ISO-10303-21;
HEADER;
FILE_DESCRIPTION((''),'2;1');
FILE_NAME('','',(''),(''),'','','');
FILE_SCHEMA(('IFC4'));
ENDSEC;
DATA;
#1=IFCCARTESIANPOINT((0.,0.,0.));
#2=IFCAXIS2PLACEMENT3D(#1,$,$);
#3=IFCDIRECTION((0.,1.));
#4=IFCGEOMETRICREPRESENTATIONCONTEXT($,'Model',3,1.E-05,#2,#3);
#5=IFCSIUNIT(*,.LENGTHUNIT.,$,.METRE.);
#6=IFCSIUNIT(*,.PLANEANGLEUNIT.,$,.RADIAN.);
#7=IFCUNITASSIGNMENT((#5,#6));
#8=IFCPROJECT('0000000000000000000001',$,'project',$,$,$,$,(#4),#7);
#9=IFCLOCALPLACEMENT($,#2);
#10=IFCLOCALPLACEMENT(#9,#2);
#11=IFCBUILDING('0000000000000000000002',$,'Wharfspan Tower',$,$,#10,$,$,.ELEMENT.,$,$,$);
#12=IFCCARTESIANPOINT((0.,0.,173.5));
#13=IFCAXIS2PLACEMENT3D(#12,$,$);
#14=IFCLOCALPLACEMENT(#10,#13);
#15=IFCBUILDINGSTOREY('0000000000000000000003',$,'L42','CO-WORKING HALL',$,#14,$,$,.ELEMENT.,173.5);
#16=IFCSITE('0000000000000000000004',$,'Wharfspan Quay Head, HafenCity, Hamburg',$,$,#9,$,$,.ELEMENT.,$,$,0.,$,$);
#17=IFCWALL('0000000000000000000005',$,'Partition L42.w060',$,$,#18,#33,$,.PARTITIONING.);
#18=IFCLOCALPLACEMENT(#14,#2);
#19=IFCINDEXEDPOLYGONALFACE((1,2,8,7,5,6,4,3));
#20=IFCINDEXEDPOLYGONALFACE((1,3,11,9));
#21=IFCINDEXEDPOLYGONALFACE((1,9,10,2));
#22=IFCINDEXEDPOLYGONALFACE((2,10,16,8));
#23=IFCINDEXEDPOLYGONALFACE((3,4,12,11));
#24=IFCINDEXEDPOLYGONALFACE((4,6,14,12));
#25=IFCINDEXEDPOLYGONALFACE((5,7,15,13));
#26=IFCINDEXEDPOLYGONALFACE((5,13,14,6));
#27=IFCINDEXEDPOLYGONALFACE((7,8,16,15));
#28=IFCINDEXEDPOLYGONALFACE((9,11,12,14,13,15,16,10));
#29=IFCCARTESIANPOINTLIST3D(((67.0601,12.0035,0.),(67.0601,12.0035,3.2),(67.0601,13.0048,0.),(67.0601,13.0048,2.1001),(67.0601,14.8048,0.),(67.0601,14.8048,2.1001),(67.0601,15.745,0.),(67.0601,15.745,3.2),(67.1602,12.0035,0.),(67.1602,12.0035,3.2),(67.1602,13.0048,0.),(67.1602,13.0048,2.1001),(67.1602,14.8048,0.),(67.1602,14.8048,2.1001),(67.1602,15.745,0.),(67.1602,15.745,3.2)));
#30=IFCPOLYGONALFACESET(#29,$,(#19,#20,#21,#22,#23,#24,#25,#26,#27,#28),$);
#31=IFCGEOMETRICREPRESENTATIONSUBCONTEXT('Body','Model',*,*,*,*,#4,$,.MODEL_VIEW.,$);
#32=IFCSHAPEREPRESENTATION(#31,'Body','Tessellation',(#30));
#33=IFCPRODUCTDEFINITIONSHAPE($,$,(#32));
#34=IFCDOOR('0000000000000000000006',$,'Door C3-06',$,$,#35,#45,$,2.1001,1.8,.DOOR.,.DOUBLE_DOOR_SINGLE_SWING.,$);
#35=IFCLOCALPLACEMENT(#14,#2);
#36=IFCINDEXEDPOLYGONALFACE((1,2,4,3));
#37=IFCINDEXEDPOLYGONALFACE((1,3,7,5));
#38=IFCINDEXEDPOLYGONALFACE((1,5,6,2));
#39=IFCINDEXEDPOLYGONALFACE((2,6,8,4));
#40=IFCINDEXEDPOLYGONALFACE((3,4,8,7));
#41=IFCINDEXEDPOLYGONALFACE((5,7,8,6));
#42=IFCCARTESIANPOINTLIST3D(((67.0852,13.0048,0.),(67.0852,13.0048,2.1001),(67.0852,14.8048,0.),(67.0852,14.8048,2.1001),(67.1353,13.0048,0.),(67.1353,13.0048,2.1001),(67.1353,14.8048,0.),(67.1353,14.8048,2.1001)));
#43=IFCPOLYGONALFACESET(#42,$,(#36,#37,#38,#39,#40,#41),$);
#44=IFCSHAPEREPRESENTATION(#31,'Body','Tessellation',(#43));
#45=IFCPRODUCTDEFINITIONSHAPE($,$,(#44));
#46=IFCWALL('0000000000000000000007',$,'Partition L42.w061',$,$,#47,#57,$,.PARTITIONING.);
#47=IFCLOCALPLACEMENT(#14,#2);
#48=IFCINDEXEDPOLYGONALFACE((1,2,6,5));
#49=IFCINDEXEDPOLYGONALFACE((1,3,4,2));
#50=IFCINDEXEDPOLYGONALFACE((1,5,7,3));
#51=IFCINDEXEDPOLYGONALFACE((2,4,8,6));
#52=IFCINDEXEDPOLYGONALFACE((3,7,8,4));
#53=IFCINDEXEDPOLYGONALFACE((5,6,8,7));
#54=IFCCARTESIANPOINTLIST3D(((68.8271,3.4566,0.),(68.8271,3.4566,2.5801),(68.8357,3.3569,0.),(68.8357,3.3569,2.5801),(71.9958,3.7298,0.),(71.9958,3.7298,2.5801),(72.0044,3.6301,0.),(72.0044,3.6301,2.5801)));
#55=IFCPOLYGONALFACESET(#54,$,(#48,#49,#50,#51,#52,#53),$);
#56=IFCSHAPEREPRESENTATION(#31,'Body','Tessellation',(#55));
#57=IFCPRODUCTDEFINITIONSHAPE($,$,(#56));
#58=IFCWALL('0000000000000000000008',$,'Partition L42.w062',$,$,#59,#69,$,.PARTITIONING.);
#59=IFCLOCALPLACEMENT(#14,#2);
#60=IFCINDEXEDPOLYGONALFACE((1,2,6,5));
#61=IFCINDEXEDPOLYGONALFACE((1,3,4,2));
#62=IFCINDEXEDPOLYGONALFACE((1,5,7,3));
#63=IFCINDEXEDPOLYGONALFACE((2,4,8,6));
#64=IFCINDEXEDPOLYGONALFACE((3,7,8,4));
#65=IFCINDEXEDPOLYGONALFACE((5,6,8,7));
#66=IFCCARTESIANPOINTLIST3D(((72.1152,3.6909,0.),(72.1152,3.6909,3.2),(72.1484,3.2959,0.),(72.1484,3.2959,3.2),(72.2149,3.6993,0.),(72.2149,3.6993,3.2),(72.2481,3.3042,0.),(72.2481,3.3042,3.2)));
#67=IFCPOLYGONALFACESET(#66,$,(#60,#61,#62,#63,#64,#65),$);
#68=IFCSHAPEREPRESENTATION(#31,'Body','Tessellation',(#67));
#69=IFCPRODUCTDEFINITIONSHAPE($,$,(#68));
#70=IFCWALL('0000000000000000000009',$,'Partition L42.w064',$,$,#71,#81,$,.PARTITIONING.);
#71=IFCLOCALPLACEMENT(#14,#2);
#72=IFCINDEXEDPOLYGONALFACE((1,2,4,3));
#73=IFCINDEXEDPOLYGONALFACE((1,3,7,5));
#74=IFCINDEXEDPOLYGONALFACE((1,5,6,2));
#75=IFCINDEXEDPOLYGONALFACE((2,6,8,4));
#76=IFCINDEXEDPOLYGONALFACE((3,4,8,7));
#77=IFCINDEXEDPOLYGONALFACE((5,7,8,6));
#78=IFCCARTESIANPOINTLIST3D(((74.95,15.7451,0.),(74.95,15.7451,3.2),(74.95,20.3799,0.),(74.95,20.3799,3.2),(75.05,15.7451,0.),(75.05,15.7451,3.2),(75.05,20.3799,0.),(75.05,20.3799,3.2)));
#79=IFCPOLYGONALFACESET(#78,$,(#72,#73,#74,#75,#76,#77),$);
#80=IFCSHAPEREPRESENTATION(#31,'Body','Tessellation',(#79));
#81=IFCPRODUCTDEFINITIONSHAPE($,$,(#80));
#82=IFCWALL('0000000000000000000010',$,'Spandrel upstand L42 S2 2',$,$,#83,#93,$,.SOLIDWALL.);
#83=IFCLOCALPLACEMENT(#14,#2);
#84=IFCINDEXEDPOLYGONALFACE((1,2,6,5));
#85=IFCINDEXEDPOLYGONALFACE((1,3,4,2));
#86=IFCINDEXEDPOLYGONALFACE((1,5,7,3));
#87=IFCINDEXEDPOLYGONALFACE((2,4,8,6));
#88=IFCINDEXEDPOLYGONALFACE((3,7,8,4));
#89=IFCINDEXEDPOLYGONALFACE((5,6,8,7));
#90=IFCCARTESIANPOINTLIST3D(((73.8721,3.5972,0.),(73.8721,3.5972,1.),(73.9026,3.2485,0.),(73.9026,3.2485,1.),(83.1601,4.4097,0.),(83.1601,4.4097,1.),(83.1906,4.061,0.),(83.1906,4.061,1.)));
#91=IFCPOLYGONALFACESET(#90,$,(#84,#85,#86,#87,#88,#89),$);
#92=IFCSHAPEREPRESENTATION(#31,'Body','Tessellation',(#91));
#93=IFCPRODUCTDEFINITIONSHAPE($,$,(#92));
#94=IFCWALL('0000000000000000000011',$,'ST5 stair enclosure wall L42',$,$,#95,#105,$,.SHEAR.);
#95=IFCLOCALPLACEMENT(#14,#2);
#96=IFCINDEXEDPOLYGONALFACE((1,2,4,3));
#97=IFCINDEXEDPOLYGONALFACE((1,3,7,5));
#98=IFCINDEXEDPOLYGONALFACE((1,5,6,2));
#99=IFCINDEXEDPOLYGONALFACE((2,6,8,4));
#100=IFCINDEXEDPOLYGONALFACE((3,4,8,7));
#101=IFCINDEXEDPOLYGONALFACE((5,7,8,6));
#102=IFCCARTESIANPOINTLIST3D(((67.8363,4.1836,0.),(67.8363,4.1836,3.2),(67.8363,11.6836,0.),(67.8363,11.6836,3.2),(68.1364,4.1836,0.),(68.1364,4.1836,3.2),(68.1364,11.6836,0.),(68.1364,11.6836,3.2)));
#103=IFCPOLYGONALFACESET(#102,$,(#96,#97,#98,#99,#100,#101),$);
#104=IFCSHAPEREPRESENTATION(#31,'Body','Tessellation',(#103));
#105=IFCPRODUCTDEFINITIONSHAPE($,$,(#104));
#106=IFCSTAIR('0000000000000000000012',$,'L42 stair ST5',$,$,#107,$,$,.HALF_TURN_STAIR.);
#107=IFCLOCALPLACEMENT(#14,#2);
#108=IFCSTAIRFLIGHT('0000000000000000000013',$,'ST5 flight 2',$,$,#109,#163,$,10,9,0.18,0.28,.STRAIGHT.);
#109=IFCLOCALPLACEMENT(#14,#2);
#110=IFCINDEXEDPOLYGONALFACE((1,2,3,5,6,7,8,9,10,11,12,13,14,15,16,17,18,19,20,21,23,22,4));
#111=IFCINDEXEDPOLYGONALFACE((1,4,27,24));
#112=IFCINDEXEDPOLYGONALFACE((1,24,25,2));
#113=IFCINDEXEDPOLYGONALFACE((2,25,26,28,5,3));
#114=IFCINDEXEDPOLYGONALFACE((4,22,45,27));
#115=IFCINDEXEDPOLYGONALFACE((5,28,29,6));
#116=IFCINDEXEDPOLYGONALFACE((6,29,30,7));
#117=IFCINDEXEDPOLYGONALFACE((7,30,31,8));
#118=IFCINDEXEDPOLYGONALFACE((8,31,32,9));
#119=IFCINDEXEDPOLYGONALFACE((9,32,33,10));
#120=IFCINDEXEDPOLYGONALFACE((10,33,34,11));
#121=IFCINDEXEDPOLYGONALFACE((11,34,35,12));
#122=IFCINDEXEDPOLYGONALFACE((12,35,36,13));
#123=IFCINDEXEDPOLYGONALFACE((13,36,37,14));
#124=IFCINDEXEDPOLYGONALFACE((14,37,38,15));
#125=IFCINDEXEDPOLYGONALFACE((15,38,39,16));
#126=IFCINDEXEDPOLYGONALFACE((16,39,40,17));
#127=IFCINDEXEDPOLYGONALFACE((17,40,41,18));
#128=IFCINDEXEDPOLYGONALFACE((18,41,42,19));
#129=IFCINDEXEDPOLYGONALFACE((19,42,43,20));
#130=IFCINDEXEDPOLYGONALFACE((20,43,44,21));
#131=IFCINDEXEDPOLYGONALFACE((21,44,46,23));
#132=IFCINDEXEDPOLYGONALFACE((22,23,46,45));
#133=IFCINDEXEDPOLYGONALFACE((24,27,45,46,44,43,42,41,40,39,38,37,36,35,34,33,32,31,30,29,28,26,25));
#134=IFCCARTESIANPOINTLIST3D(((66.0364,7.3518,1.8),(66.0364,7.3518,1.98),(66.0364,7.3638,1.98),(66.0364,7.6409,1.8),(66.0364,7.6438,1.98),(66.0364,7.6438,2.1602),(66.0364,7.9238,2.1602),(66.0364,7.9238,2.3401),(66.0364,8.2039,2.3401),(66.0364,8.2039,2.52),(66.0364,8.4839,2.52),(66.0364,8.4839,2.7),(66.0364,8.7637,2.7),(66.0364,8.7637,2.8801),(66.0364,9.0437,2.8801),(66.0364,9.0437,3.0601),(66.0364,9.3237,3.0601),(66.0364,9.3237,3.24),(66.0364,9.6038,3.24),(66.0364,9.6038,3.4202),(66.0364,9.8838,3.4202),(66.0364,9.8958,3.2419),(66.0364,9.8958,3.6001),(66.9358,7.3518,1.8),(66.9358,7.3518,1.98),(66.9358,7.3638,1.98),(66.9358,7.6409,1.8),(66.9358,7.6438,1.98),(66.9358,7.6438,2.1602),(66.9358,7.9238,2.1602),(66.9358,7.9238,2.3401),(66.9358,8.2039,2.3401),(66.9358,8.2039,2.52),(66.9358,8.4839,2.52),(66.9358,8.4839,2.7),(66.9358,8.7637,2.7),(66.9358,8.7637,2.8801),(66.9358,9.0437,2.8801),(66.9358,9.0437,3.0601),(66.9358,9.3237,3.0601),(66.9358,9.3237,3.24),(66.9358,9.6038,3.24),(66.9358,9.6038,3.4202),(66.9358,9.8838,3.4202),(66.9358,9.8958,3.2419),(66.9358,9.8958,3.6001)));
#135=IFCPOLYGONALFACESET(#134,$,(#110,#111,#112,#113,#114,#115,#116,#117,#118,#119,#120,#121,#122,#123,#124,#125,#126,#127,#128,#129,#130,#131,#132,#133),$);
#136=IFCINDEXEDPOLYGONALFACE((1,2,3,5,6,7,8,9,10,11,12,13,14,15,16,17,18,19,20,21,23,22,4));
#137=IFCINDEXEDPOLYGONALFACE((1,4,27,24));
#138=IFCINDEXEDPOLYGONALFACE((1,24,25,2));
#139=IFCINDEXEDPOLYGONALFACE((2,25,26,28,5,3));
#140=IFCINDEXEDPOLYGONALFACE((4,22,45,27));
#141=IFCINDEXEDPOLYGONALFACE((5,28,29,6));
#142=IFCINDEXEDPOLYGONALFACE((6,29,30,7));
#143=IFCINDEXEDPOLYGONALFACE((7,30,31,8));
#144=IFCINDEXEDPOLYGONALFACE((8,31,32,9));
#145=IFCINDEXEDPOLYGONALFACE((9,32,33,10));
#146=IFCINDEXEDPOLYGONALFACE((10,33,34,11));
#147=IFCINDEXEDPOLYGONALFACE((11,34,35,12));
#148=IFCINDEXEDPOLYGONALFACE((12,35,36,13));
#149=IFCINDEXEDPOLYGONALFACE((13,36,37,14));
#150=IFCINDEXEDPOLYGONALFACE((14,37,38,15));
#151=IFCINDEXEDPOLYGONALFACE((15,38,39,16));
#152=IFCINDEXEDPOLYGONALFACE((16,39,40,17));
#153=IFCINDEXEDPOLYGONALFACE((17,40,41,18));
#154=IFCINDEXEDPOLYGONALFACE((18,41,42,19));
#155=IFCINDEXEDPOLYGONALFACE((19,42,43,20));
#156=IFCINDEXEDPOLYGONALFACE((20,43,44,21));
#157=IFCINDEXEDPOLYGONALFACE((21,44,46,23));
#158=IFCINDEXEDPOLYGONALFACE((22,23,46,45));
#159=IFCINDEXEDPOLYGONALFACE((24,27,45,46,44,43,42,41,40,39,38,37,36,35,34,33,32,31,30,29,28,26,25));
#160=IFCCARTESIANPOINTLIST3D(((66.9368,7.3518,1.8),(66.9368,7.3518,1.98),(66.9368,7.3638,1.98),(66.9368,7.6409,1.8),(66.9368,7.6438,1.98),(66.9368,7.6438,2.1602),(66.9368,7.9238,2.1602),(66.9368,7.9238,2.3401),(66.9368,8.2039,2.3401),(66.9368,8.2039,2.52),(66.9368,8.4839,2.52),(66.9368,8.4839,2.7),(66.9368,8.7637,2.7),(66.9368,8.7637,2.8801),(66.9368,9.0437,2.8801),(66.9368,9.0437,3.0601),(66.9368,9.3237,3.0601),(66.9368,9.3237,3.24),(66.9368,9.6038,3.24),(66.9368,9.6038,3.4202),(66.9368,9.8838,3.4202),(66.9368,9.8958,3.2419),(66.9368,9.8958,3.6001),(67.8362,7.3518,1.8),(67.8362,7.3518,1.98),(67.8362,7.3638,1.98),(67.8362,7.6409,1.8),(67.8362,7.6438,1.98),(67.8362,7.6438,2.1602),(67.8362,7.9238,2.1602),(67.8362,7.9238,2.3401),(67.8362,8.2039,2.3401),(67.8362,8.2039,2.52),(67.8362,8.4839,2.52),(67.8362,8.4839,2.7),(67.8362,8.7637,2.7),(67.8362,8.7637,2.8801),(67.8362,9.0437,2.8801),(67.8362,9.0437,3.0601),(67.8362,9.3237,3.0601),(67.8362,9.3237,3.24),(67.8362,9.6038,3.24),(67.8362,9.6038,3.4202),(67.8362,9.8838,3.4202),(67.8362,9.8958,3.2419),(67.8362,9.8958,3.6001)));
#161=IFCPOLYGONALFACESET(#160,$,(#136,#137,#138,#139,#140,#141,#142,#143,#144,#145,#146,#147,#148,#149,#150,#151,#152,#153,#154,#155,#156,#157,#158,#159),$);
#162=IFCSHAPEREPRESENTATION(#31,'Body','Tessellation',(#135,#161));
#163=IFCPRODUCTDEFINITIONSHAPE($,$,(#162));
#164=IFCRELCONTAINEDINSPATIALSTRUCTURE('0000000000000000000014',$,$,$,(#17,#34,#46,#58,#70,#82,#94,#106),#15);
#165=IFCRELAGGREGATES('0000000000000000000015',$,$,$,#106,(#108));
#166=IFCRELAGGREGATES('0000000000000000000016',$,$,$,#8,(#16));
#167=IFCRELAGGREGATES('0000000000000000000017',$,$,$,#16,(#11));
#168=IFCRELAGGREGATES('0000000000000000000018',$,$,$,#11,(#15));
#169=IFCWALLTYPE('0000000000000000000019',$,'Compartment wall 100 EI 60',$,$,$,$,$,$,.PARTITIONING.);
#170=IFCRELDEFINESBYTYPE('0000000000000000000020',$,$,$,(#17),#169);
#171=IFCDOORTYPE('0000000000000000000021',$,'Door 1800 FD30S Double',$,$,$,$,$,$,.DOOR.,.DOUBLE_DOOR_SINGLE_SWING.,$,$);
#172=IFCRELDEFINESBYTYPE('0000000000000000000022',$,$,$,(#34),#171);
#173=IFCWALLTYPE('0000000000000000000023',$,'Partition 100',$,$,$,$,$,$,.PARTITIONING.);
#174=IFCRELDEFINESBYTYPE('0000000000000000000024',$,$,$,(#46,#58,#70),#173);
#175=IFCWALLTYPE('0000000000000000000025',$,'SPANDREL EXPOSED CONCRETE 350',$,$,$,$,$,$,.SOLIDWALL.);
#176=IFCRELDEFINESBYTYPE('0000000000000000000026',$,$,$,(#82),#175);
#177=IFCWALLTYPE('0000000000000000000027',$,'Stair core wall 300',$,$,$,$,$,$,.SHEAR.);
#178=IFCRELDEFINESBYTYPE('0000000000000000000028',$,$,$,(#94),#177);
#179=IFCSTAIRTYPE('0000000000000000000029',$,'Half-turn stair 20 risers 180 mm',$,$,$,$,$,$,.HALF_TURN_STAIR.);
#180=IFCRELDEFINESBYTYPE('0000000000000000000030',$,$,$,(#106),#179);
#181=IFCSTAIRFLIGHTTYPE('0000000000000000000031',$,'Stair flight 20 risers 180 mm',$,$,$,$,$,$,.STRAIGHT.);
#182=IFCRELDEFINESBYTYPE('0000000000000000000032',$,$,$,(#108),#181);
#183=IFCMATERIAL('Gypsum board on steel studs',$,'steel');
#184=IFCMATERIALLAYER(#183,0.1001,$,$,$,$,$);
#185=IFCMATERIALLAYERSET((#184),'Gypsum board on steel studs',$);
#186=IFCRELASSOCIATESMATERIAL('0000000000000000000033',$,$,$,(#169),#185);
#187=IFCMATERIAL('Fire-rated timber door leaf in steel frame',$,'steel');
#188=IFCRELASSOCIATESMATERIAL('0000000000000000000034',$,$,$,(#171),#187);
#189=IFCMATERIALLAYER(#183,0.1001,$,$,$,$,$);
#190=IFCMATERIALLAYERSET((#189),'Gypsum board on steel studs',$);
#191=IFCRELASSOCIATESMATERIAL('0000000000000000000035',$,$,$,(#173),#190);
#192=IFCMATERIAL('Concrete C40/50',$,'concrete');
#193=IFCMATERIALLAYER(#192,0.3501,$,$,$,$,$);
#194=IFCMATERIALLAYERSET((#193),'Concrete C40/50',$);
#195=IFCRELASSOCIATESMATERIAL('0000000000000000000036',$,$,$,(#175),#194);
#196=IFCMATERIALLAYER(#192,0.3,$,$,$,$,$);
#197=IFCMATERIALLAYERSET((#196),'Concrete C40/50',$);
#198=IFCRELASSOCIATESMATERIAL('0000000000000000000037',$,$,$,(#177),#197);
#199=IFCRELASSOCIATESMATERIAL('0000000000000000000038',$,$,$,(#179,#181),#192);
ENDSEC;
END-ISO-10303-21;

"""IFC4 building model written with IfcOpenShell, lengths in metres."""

from ifc_helpers import new_model, si_unit, direction, frame, frame_2d, origin, place, context, subcontext, project, spatial, polyline, rectangle, outline, extrude, material, layer, layer_set, type_object, element, fill, aggregate, save


model = new_model("IFC4")

# Units and contexts
model_context = context("Model", 3, precision=1e-05, world=origin(), true_north=direction((0.0, 1.0)))
body_context = subcontext(model_context, "Body", "Model", "MODEL_VIEW")
ifc_project = project(units=[si_unit("LENGTHUNIT", "METRE"), si_unit("PLANEANGLEUNIT", "RADIAN")], contexts=[model_context])

# Site, building, storey
site_placement = place(None, origin())
site = spatial("IfcSite", under=ifc_project, at=site_placement, Name="Wharfspan Quay Head, HafenCity, Hamburg", CompositionType="ELEMENT", RefElevation=0.0)
building_placement = place(site_placement, origin())
building = spatial("IfcBuilding", under=site, at=building_placement, Name="Wharfspan Tower", CompositionType="ELEMENT")
storey_placement = place(building_placement, frame((0.0, 0.0, 173.5)))
storey = spatial("IfcBuildingStorey", under=building, at=storey_placement, Name="L42", Description="CO-WORKING HALL", CompositionType="ELEMENT", Elevation=173.5)

# Shared definitions
ifc_material_1 = material(Name="Gypsum board on steel studs", Category="steel")
ifc_layer_1 = layer(ifc_material_1, 0.1001)
ifc_layer_set_1 = layer_set([ifc_layer_1], Name="Gypsum board on steel studs")
wall_type_1 = type_object("IfcWallType", Name="Compartment wall 100 EI 60", PredefinedType="PARTITIONING", material=ifc_layer_set_1)
ifc_material_2 = material(Name="Fire-rated timber door leaf in steel frame", Category="steel")

# Wall, opening, door
wall_1_placement = place(storey_placement, frame((67.1101, 12.0037, 0.0), z_axis=(0.0, 0.0, 1.0), x_axis=(0.0, 1.0, 0.0)))
wall_1 = element("IfcWall", 1, at=wall_1_placement, inside=storey, type_object=wall_type_1, Name="Partition L42.w060", PredefinedType="PARTITIONING", context=body_context, shape_type="SweptSolid", body=[
    extrude(rectangle(XDim=3.7415, YDim=0.1001, at=frame_2d((1.8706, 0.0))), origin(), (0.0, 0.0, 1.0), 3.2),
])
opening_1_placement = place(wall_1_placement, frame((1.0012, 0.0, 0.0)))
opening_1 = element("IfcOpeningElement", 2, at=opening_1_placement, cuts=wall_1, PredefinedType="OPENING", context=body_context, shape_type="SweptSolid", body=[
    extrude(rectangle(XDim=1.8, YDim=2.1001, at=frame_2d((0.8999, 1.05))), frame((0.0, 0.0601, 0.0), z_axis=(0.0, -1.0, 0.0), x_axis=(1.0, 0.0, 0.0)), (0.0, 0.0, 1.0), 0.1201),
])
door_type_1 = type_object("IfcDoorType", Name="Door 1800 FD30S Double", OperationType="DOUBLE_DOOR_SINGLE_SWING", PredefinedType="DOOR", material=ifc_material_2)
door_1_placement = place(opening_1_placement, origin())
door_1 = element("IfcDoor", 3, at=door_1_placement, inside=storey, type_object=door_type_1, Name="Door C3-06", OperationType="DOUBLE_DOOR_SINGLE_SWING", OverallHeight=2.1001, OverallWidth=1.8, PredefinedType="DOOR", context=body_context, shape_type="SweptSolid", body=[
    extrude(rectangle(XDim=1.8, YDim=2.1001, at=frame_2d((0.8999, 1.05))), frame((0.0, 0.0249, 0.0), z_axis=(0.0, -1.0, 0.0), x_axis=(1.0, 0.0, 0.0)), (0.0, 0.0, 1.0), 0.05),
])
fill(opening_1, door_1)

# Walls
ifc_layer_2 = layer(ifc_material_1, 0.1001)
ifc_layer_set_2 = layer_set([ifc_layer_2], Name="Gypsum board on steel studs")
wall_type_2 = type_object("IfcWallType", Name="Partition 100", PredefinedType="PARTITIONING", material=ifc_layer_set_2)
wall_2_placement = place(storey_placement, frame((68.8313, 3.4067, 0.0), z_axis=(0.0, 0.0, 1.0), x_axis=(0.996308, 0.085898, 0.0)))
element("IfcWall", 4, at=wall_2_placement, inside=storey, type_object=wall_type_2, Name="Partition L42.w061", PredefinedType="PARTITIONING", context=body_context, shape_type="SweptSolid", body=[
    extrude(rectangle(XDim=3.1804, YDim=0.1001, at=frame_2d((1.5903, 0.0))), origin(), (0.0, 0.0, 1.0), 2.5801),
])
wall_3_placement = place(storey_placement, frame((72.1982, 3.3, 0.0), z_axis=(0.0, 0.0, 1.0), x_axis=(-0.083759, 0.996486, 0.0)))
element("IfcWall", 5, at=wall_3_placement, inside=storey, type_object=wall_type_2, Name="Partition L42.w062", PredefinedType="PARTITIONING", context=body_context, shape_type="SweptSolid", body=[
    extrude(rectangle(XDim=0.3965, YDim=0.1001, at=frame_2d((0.1982, 0.0))), origin(), (0.0, 0.0, 1.0), 3.2),
])
wall_4_placement = place(storey_placement, frame((75.0, 15.7451, 0.0), z_axis=(0.0, 0.0, 1.0), x_axis=(0.0, 1.0, 0.0)))
element("IfcWall", 6, at=wall_4_placement, inside=storey, type_object=wall_type_2, Name="Partition L42.w064", PredefinedType="PARTITIONING", context=body_context, shape_type="SweptSolid", body=[
    extrude(rectangle(XDim=4.6348, YDim=0.1001, at=frame_2d((2.3174, 0.0))), origin(), (0.0, 0.0, 1.0), 3.2),
])
ifc_material_3 = material(Name="Concrete C40/50", Category="concrete")
ifc_layer_3 = layer(ifc_material_3, 0.3501)
ifc_layer_set_3 = layer_set([ifc_layer_3], Name="Concrete C40/50")
wall_type_3 = type_object("IfcWallType", Name="SPANDREL EXPOSED CONCRETE 350", PredefinedType="SOLIDWALL", material=ifc_layer_set_3)
wall_5_placement = place(storey_placement, frame((73.8875, 3.4229, 0.0), z_axis=(0.0, 0.0, 1.0), x_axis=(0.996197, 0.087145, 0.0)))
element("IfcWall", 7, at=wall_5_placement, inside=storey, type_object=wall_type_3, Name="Spandrel upstand L42 S2 2", PredefinedType="SOLIDWALL", context=body_context, shape_type="SweptSolid", body=[
    extrude(rectangle(XDim=9.3235, YDim=0.3501, at=frame_2d((4.6616, 0.0))), origin(), (0.0, 0.0, 1.0), 1.0),
])
ifc_layer_4 = layer(ifc_material_3, 0.3)
ifc_layer_set_4 = layer_set([ifc_layer_4], Name="Concrete C40/50")
wall_type_4 = type_object("IfcWallType", Name="Stair core wall 300", PredefinedType="SHEAR", material=ifc_layer_set_4)
wall_6_placement = place(storey_placement, frame((67.9863, 4.1836, 0.0), z_axis=(0.0, 0.0, 1.0), x_axis=(0.0, 1.0, 0.0)))
element("IfcWall", 8, at=wall_6_placement, inside=storey, type_object=wall_type_4, Name="ST5 stair enclosure wall L42", PredefinedType="SHEAR", context=body_context, shape_type="SweptSolid", body=[
    extrude(rectangle(XDim=7.5, YDim=0.3, at=frame_2d((3.75, 0.0))), origin(), (0.0, 0.0, 1.0), 3.2),
])

# Stair, stair flight
stair_type = type_object("IfcStairType", Name="Half-turn stair 20 risers 180 mm", PredefinedType="HALF_TURN_STAIR", material=ifc_material_3)
stair_placement = place(storey_placement, origin())
stair = element("IfcStair", 9, at=stair_placement, inside=storey, type_object=stair_type, Name="L42 stair ST5", PredefinedType="HALF_TURN_STAIR")
stair_flight_type = type_object("IfcStairFlightType", Name="Stair flight 20 risers 180 mm", PredefinedType="STRAIGHT", material=ifc_material_3)
stair_flight_placement = place(storey_placement, frame((66.9363, 7.3638, 1.8), z_axis=(0.0, 0.0, 1.0), x_axis=(0.0, 1.0, 0.0)))
stair_flight = element("IfcStairFlight", 10, at=stair_flight_placement, type_object=stair_flight_type, Name="ST5 flight 2", NumberOfRisers=10, NumberOfTreads=9, PredefinedType="STRAIGHT", RiserHeight=0.18, TreadLength=0.28, context=body_context, shape_type="SweptSolid", body=[
    extrude(outline(polyline([(-0.012, 0.0), (-0.012, 0.1799), (0.0, 0.1799), (0.28, 0.1799), (0.28, 0.3601), (0.5601, 0.3601), (0.5601, 0.54), (0.8401, 0.54), (0.8401, 0.72), (1.1201, 0.72), (1.1201, 0.8999), (1.3999, 0.8999), (1.3999, 1.0801), (1.6799, 1.0801), (1.6799, 1.26), (1.96, 1.26), (1.96, 1.4399), (2.24, 1.4399), (2.24, 1.6201), (2.52, 1.6201), (2.532, 1.8), (2.532, 1.4419), (0.2771, 0.0), (-0.012, 0.0)])), frame((0.0, 0.8999, 0.0), z_axis=(0.0, -1.0, 0.0), x_axis=(1.0, 0.0, 0.0)), (0.0, 0.0, 1.0), 0.8994),
    extrude(outline(polyline([(-0.012, 0.0), (-0.012, 0.1799), (0.0, 0.1799), (0.28, 0.1799), (0.28, 0.3601), (0.5601, 0.3601), (0.5601, 0.54), (0.8401, 0.54), (0.8401, 0.72), (1.1201, 0.72), (1.1201, 0.8999), (1.3999, 0.8999), (1.3999, 1.0801), (1.6799, 1.0801), (1.6799, 1.26), (1.96, 1.26), (1.96, 1.4399), (2.24, 1.4399), (2.24, 1.6201), (2.52, 1.6201), (2.532, 1.8), (2.532, 1.4419), (0.2771, 0.0), (-0.012, 0.0)])), frame((0.0, -0.0005, 0.0), z_axis=(0.0, -1.0, 0.0), x_axis=(1.0, 0.0, 0.0)), (0.0, 0.0, 1.0), 0.8994),
])
aggregate(stair, [stair_flight])

save(model, "model.ifc")
